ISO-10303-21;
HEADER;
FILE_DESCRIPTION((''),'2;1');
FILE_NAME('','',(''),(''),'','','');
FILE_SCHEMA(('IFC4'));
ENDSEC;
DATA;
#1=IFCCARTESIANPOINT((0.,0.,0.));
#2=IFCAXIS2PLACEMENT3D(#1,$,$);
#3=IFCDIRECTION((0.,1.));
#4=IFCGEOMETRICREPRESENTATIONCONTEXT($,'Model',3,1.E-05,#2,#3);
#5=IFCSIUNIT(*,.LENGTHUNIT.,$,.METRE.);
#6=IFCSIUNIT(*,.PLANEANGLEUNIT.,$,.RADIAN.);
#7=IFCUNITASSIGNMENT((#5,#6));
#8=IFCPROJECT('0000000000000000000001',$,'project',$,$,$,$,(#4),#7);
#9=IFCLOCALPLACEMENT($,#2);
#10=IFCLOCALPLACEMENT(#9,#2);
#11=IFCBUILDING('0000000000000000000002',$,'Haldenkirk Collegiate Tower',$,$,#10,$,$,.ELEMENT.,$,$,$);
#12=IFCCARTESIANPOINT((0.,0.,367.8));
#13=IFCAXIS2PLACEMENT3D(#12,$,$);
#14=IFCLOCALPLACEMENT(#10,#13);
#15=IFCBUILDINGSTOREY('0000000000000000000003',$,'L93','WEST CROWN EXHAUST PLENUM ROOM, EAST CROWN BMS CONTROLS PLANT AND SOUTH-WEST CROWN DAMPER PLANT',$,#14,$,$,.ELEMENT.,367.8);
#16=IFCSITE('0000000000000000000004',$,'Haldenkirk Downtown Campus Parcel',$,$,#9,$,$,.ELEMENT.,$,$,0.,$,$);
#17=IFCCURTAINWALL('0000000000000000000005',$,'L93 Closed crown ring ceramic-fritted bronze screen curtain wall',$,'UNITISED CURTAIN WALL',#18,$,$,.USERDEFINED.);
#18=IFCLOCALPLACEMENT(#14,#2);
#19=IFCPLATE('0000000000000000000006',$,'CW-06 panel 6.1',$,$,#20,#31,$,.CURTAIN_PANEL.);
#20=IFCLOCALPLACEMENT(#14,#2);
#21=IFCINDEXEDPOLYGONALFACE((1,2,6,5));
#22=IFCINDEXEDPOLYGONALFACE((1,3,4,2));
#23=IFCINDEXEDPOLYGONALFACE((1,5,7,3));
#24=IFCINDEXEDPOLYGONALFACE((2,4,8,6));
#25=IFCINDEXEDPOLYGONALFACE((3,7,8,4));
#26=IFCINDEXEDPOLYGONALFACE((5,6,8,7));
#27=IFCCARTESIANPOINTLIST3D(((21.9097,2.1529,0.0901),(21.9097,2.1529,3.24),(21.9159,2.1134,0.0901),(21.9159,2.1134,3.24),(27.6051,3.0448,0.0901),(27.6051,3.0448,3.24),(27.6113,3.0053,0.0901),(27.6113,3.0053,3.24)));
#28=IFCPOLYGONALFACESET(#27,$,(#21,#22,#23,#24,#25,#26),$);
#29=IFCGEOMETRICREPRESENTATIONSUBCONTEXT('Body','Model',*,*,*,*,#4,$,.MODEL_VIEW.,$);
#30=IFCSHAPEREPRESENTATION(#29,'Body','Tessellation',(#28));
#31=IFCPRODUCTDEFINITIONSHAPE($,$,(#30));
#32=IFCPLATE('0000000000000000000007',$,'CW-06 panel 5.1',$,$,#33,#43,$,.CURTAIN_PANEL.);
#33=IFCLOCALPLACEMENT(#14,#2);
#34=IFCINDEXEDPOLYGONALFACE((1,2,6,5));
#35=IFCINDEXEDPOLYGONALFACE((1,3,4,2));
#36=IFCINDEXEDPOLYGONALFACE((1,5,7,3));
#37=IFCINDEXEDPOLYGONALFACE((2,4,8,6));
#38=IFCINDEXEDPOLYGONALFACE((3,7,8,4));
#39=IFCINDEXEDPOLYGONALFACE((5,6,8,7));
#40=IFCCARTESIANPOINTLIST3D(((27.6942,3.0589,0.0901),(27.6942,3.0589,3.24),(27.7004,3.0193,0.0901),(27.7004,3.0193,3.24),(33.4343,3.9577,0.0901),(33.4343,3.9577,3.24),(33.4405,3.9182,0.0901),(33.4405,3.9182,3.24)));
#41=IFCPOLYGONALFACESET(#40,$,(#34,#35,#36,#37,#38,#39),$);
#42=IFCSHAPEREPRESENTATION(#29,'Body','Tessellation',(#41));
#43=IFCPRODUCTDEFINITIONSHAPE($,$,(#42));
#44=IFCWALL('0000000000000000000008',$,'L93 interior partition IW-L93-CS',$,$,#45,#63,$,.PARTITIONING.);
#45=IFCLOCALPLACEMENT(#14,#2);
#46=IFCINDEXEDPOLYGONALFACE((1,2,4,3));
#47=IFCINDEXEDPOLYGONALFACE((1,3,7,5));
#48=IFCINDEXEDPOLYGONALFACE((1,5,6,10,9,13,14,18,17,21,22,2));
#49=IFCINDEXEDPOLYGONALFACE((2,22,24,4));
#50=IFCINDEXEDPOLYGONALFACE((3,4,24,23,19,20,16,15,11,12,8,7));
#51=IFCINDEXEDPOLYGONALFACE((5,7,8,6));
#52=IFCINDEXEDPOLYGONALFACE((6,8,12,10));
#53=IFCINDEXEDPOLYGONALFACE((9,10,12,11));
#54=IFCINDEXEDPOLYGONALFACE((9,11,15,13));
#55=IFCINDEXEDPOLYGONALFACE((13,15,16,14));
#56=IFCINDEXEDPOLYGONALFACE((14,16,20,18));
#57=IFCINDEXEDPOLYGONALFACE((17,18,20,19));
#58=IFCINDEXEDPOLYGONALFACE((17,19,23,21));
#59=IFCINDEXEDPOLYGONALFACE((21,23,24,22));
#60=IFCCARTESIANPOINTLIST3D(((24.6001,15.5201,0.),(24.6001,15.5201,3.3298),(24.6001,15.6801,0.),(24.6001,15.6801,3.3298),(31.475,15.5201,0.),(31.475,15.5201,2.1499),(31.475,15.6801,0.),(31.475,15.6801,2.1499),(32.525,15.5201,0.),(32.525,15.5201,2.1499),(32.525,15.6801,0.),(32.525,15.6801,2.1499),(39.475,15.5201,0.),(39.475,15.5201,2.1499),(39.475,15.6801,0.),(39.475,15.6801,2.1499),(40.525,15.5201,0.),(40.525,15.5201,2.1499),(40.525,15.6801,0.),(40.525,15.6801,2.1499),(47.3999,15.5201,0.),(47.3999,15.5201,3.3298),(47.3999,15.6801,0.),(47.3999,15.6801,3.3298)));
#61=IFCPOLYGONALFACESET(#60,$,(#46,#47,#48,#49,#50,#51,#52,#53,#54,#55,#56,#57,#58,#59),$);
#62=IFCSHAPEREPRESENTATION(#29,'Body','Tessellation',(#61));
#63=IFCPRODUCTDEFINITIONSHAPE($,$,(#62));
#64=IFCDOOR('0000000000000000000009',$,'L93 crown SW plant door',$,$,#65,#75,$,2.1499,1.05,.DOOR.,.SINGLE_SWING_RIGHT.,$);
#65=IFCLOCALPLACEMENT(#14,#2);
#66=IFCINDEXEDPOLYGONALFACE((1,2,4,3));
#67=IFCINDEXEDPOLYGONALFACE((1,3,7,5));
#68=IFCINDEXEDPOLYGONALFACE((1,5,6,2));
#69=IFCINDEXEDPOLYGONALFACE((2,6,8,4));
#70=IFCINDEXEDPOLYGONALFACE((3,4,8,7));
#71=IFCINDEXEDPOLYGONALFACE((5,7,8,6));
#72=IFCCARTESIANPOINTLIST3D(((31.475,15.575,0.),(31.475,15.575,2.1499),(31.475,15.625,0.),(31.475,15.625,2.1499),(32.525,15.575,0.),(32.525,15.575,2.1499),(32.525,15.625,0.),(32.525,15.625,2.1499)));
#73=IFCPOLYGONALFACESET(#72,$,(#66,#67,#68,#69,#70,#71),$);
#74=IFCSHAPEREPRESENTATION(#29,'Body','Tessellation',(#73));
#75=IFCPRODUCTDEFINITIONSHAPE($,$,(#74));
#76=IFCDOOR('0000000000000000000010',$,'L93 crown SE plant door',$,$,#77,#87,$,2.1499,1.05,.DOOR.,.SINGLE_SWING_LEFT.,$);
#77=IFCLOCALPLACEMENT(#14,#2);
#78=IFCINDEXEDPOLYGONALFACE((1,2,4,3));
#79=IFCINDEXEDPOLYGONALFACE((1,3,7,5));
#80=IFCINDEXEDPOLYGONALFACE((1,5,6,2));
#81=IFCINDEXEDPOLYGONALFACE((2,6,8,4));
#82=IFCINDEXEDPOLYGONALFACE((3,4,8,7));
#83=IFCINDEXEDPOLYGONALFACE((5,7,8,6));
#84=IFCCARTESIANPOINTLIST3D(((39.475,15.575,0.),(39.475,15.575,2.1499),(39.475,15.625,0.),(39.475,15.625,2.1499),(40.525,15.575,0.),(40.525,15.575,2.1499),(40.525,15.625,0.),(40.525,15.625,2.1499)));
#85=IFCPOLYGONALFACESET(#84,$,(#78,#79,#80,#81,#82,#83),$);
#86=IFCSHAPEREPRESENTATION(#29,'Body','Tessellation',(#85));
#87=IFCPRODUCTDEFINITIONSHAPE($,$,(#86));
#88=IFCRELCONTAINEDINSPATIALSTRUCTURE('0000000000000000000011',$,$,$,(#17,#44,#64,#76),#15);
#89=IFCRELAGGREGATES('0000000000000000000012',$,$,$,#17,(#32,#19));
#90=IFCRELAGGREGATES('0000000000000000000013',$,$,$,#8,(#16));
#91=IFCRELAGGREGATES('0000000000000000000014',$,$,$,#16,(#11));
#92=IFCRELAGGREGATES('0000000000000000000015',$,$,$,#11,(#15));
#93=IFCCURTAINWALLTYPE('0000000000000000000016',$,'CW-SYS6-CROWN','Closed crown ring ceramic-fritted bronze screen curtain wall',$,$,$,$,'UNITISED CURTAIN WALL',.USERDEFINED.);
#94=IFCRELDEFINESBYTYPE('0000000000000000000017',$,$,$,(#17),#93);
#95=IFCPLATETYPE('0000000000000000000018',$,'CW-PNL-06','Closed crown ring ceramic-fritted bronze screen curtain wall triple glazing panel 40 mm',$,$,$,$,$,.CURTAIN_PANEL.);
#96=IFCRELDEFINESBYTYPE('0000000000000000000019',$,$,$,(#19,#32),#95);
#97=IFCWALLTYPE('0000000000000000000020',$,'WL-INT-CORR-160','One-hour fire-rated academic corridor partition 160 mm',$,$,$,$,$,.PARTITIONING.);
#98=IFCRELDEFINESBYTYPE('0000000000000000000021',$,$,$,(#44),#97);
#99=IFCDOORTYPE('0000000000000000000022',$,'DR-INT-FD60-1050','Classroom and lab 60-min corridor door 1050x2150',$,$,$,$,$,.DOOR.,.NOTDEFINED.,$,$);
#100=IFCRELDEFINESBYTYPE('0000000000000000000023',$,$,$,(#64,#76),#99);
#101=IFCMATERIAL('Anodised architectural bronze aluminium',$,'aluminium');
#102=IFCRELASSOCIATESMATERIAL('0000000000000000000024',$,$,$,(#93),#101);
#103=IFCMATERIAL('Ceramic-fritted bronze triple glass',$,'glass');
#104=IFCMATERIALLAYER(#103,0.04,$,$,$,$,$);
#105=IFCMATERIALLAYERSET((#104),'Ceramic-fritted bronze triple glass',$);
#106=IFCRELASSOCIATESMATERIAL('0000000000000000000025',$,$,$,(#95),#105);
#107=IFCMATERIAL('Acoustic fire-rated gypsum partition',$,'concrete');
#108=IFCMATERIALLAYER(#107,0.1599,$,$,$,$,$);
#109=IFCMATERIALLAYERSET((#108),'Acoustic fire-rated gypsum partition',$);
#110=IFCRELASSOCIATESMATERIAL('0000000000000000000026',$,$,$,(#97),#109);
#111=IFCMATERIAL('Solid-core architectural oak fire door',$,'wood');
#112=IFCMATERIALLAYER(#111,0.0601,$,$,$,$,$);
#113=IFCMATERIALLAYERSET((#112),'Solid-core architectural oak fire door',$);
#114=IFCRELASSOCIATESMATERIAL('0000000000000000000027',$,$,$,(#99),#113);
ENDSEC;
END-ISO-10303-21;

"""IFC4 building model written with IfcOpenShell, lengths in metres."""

from ifc_helpers import new_model, si_unit, direction, frame, frame_2d, origin, origin_2d, place, context, subcontext, project, spatial, rectangle, extrude, source, transform, mapped, material, layer, layer_set, type_object, element, fill, aggregate, save


model = new_model("IFC4")

# Units and contexts
model_context = context("Model", 3, precision=1e-05, world=origin(), true_north=direction((0.0, 1.0)))
body_context = subcontext(model_context, "Body", "Model", "MODEL_VIEW")
ifc_project = project(units=[si_unit("LENGTHUNIT", "METRE"), si_unit("PLANEANGLEUNIT", "RADIAN")], contexts=[model_context])

# Site, building, storey
site_placement = place(None, origin())
site = spatial("IfcSite", under=ifc_project, at=site_placement, Name="Haldenkirk Downtown Campus Parcel", CompositionType="ELEMENT", RefElevation=0.0)
building_placement = place(site_placement, origin())
building = spatial("IfcBuilding", under=site, at=building_placement, Name="Haldenkirk Collegiate Tower", CompositionType="ELEMENT")
storey_placement = place(building_placement, frame((0.0, 0.0, 367.8)))
storey = spatial("IfcBuildingStorey", under=building, at=storey_placement, Name="L93", Description="WEST CROWN EXHAUST PLENUM ROOM, EAST CROWN BMS CONTROLS PLANT AND SOUTH-WEST CROWN DAMPER PLANT", CompositionType="ELEMENT", Elevation=367.8)

# Curtain wall
ifc_material_1 = material(Name="Anodised architectural bronze aluminium", Category="aluminium")
curtain_wall_type = type_object("IfcCurtainWallType", Name="CW-SYS6-CROWN", Description="Closed crown ring ceramic-fritted bronze screen curtain wall", ElementType="UNITISED CURTAIN WALL", PredefinedType="USERDEFINED", material=ifc_material_1)
curtain_wall_placement = place(storey_placement, origin())
curtain_wall = element("IfcCurtainWall", 1, at=curtain_wall_placement, inside=storey, type_object=curtain_wall_type, Name="L93 Closed crown ring ceramic-fritted bronze screen curtain wall", ObjectType="UNITISED CURTAIN WALL", PredefinedType="USERDEFINED")

# Plates
ifc_material_2 = material(Name="Ceramic-fritted bronze triple glass", Category="glass")
ifc_layer_1 = layer(ifc_material_2, 0.04)
ifc_layer_set_1 = layer_set([ifc_layer_1], Name="Ceramic-fritted bronze triple glass")
plate_type_1 = type_object("IfcPlateType", Name="CW-PNL-06", Description="Closed crown ring ceramic-fritted bronze screen curtain wall triple glazing panel 40 mm", PredefinedType="CURTAIN_PANEL", material=ifc_layer_set_1)
shared_shape_1 = source(origin(), body_context, "Body", "SweptSolid", [
    extrude(rectangle(XDim=5.7649, YDim=0.04, at=origin_2d()), origin(), (0.0, 0.0, 1.0), 3.1499),
])
plate_1_placement = place(storey_placement, frame((24.7605, 2.5791, 0.0901), z_axis=(0.0, 0.0, 1.0), x_axis=(-0.98796, -0.154709, 0.0)))
plate_1 = element("IfcPlate", 2, at=plate_1_placement, type_object=plate_type_1, Name="CW-06 panel 6.1", PredefinedType="CURTAIN_PANEL", context=body_context, shape_type="MappedRepresentation", body=[
    mapped(shared_shape_1, transform((0.0, 0.0, 0.0), x_axis=(1.0, 0.0, 0.0), y_axis=(0.0, 1.0, 0.0), z_axis=(0.0, 0.0, 1.0), scale=1.0)),
])
shared_shape_2 = source(origin(), body_context, "Body", "SweptSolid", [
    extrude(rectangle(XDim=5.8101, YDim=0.04, at=origin_2d()), origin(), (0.0, 0.0, 1.0), 3.1499),
])
plate_2_placement = place(storey_placement, frame((30.5674, 3.4885, 0.0901), z_axis=(0.0, 0.0, 1.0), x_axis=(-0.98796, -0.154709, 0.0)))
plate_2 = element("IfcPlate", 3, at=plate_2_placement, type_object=plate_type_1, Name="CW-06 panel 5.1", PredefinedType="CURTAIN_PANEL", context=body_context, shape_type="MappedRepresentation", body=[
    mapped(shared_shape_2, transform((0.0, 0.0, 0.0), x_axis=(1.0, 0.0, 0.0), y_axis=(0.0, 1.0, 0.0), z_axis=(0.0, 0.0, 1.0), scale=1.0)),
])
aggregate(curtain_wall, [plate_2, plate_1])

# Wall, openings, doors
ifc_material_3 = material(Name="Acoustic fire-rated gypsum partition", Category="concrete")
ifc_layer_2 = layer(ifc_material_3, 0.1599)
ifc_layer_set_2 = layer_set([ifc_layer_2], Name="Acoustic fire-rated gypsum partition")
wall_type = type_object("IfcWallType", Name="WL-INT-CORR-160", Description="One-hour fire-rated academic corridor partition 160 mm", PredefinedType="PARTITIONING", material=ifc_layer_set_2)
wall_placement = place(storey_placement, frame((24.6001, 15.6001, 0.0), z_axis=(0.0, 0.0, 1.0), x_axis=(1.0, 0.0, 0.0)))
wall = element("IfcWall", 4, at=wall_placement, inside=storey, type_object=wall_type, Name="L93 interior partition IW-L93-CS", PredefinedType="PARTITIONING", context=body_context, shape_type="SweptSolid", body=[
    extrude(rectangle(XDim=22.7998, YDim=0.1599, at=frame_2d((11.3999, 0.0))), origin(), (0.0, 0.0, 1.0), 3.3298),
])
opening_1_placement = place(wall_placement, frame((6.875, 0.0, 0.0)))
opening_1 = element("IfcOpeningElement", 5, at=opening_1_placement, cuts=wall, PredefinedType="OPENING", context=body_context, shape_type="SweptSolid", body=[
    extrude(rectangle(XDim=1.05, YDim=2.1499, at=frame_2d((0.5249, 1.075))), frame((0.0, 0.0898, 0.0), z_axis=(0.0, -1.0, 0.0), x_axis=(1.0, 0.0, 0.0)), (0.0, 0.0, 1.0), 0.1799),
])
opening_2_placement = place(wall_placement, frame((14.875, 0.0, 0.0)))
opening_2 = element("IfcOpeningElement", 6, at=opening_2_placement, cuts=wall, PredefinedType="OPENING", context=body_context, shape_type="SweptSolid", body=[
    extrude(rectangle(XDim=1.05, YDim=2.1499, at=frame_2d((0.5249, 1.075))), frame((0.0, 0.0898, 0.0), z_axis=(0.0, -1.0, 0.0), x_axis=(1.0, 0.0, 0.0)), (0.0, 0.0, 1.0), 0.1799),
])
ifc_material_4 = material(Name="Solid-core architectural oak fire door", Category="wood")
ifc_layer_3 = layer(ifc_material_4, 0.0601)
ifc_layer_set_3 = layer_set([ifc_layer_3], Name="Solid-core architectural oak fire door")
door_type = type_object("IfcDoorType", Name="DR-INT-FD60-1050", Description="Classroom and lab 60-min corridor door 1050x2150", OperationType="NOTDEFINED", PredefinedType="DOOR", material=ifc_layer_set_3)
door_1_placement = place(opening_1_placement, origin())
door_1 = element("IfcDoor", 7, at=door_1_placement, inside=storey, type_object=door_type, Name="L93 crown SW plant door", OperationType="SINGLE_SWING_RIGHT", OverallHeight=2.1499, OverallWidth=1.05, PredefinedType="DOOR", context=body_context, shape_type="SweptSolid", body=[
    extrude(rectangle(XDim=1.05, YDim=2.1499, at=frame_2d((0.5249, 1.075))), frame((0.0, 0.0249, 0.0), z_axis=(0.0, -1.0, 0.0), x_axis=(1.0, 0.0, 0.0)), (0.0, 0.0, 1.0), 0.05),
])
fill(opening_1, door_1)
door_2_placement = place(opening_2_placement, origin())
door_2 = element("IfcDoor", 8, at=door_2_placement, inside=storey, type_object=door_type, Name="L93 crown SE plant door", OperationType="SINGLE_SWING_LEFT", OverallHeight=2.1499, OverallWidth=1.05, PredefinedType="DOOR", context=body_context, shape_type="SweptSolid", body=[
    extrude(rectangle(XDim=1.05, YDim=2.1499, at=frame_2d((0.5249, 1.075))), frame((0.0, 0.0249, 0.0), z_axis=(0.0, -1.0, 0.0), x_axis=(1.0, 0.0, 0.0)), (0.0, 0.0, 1.0), 0.05),
])
fill(opening_2, door_2)

save(model, "model.ifc")
